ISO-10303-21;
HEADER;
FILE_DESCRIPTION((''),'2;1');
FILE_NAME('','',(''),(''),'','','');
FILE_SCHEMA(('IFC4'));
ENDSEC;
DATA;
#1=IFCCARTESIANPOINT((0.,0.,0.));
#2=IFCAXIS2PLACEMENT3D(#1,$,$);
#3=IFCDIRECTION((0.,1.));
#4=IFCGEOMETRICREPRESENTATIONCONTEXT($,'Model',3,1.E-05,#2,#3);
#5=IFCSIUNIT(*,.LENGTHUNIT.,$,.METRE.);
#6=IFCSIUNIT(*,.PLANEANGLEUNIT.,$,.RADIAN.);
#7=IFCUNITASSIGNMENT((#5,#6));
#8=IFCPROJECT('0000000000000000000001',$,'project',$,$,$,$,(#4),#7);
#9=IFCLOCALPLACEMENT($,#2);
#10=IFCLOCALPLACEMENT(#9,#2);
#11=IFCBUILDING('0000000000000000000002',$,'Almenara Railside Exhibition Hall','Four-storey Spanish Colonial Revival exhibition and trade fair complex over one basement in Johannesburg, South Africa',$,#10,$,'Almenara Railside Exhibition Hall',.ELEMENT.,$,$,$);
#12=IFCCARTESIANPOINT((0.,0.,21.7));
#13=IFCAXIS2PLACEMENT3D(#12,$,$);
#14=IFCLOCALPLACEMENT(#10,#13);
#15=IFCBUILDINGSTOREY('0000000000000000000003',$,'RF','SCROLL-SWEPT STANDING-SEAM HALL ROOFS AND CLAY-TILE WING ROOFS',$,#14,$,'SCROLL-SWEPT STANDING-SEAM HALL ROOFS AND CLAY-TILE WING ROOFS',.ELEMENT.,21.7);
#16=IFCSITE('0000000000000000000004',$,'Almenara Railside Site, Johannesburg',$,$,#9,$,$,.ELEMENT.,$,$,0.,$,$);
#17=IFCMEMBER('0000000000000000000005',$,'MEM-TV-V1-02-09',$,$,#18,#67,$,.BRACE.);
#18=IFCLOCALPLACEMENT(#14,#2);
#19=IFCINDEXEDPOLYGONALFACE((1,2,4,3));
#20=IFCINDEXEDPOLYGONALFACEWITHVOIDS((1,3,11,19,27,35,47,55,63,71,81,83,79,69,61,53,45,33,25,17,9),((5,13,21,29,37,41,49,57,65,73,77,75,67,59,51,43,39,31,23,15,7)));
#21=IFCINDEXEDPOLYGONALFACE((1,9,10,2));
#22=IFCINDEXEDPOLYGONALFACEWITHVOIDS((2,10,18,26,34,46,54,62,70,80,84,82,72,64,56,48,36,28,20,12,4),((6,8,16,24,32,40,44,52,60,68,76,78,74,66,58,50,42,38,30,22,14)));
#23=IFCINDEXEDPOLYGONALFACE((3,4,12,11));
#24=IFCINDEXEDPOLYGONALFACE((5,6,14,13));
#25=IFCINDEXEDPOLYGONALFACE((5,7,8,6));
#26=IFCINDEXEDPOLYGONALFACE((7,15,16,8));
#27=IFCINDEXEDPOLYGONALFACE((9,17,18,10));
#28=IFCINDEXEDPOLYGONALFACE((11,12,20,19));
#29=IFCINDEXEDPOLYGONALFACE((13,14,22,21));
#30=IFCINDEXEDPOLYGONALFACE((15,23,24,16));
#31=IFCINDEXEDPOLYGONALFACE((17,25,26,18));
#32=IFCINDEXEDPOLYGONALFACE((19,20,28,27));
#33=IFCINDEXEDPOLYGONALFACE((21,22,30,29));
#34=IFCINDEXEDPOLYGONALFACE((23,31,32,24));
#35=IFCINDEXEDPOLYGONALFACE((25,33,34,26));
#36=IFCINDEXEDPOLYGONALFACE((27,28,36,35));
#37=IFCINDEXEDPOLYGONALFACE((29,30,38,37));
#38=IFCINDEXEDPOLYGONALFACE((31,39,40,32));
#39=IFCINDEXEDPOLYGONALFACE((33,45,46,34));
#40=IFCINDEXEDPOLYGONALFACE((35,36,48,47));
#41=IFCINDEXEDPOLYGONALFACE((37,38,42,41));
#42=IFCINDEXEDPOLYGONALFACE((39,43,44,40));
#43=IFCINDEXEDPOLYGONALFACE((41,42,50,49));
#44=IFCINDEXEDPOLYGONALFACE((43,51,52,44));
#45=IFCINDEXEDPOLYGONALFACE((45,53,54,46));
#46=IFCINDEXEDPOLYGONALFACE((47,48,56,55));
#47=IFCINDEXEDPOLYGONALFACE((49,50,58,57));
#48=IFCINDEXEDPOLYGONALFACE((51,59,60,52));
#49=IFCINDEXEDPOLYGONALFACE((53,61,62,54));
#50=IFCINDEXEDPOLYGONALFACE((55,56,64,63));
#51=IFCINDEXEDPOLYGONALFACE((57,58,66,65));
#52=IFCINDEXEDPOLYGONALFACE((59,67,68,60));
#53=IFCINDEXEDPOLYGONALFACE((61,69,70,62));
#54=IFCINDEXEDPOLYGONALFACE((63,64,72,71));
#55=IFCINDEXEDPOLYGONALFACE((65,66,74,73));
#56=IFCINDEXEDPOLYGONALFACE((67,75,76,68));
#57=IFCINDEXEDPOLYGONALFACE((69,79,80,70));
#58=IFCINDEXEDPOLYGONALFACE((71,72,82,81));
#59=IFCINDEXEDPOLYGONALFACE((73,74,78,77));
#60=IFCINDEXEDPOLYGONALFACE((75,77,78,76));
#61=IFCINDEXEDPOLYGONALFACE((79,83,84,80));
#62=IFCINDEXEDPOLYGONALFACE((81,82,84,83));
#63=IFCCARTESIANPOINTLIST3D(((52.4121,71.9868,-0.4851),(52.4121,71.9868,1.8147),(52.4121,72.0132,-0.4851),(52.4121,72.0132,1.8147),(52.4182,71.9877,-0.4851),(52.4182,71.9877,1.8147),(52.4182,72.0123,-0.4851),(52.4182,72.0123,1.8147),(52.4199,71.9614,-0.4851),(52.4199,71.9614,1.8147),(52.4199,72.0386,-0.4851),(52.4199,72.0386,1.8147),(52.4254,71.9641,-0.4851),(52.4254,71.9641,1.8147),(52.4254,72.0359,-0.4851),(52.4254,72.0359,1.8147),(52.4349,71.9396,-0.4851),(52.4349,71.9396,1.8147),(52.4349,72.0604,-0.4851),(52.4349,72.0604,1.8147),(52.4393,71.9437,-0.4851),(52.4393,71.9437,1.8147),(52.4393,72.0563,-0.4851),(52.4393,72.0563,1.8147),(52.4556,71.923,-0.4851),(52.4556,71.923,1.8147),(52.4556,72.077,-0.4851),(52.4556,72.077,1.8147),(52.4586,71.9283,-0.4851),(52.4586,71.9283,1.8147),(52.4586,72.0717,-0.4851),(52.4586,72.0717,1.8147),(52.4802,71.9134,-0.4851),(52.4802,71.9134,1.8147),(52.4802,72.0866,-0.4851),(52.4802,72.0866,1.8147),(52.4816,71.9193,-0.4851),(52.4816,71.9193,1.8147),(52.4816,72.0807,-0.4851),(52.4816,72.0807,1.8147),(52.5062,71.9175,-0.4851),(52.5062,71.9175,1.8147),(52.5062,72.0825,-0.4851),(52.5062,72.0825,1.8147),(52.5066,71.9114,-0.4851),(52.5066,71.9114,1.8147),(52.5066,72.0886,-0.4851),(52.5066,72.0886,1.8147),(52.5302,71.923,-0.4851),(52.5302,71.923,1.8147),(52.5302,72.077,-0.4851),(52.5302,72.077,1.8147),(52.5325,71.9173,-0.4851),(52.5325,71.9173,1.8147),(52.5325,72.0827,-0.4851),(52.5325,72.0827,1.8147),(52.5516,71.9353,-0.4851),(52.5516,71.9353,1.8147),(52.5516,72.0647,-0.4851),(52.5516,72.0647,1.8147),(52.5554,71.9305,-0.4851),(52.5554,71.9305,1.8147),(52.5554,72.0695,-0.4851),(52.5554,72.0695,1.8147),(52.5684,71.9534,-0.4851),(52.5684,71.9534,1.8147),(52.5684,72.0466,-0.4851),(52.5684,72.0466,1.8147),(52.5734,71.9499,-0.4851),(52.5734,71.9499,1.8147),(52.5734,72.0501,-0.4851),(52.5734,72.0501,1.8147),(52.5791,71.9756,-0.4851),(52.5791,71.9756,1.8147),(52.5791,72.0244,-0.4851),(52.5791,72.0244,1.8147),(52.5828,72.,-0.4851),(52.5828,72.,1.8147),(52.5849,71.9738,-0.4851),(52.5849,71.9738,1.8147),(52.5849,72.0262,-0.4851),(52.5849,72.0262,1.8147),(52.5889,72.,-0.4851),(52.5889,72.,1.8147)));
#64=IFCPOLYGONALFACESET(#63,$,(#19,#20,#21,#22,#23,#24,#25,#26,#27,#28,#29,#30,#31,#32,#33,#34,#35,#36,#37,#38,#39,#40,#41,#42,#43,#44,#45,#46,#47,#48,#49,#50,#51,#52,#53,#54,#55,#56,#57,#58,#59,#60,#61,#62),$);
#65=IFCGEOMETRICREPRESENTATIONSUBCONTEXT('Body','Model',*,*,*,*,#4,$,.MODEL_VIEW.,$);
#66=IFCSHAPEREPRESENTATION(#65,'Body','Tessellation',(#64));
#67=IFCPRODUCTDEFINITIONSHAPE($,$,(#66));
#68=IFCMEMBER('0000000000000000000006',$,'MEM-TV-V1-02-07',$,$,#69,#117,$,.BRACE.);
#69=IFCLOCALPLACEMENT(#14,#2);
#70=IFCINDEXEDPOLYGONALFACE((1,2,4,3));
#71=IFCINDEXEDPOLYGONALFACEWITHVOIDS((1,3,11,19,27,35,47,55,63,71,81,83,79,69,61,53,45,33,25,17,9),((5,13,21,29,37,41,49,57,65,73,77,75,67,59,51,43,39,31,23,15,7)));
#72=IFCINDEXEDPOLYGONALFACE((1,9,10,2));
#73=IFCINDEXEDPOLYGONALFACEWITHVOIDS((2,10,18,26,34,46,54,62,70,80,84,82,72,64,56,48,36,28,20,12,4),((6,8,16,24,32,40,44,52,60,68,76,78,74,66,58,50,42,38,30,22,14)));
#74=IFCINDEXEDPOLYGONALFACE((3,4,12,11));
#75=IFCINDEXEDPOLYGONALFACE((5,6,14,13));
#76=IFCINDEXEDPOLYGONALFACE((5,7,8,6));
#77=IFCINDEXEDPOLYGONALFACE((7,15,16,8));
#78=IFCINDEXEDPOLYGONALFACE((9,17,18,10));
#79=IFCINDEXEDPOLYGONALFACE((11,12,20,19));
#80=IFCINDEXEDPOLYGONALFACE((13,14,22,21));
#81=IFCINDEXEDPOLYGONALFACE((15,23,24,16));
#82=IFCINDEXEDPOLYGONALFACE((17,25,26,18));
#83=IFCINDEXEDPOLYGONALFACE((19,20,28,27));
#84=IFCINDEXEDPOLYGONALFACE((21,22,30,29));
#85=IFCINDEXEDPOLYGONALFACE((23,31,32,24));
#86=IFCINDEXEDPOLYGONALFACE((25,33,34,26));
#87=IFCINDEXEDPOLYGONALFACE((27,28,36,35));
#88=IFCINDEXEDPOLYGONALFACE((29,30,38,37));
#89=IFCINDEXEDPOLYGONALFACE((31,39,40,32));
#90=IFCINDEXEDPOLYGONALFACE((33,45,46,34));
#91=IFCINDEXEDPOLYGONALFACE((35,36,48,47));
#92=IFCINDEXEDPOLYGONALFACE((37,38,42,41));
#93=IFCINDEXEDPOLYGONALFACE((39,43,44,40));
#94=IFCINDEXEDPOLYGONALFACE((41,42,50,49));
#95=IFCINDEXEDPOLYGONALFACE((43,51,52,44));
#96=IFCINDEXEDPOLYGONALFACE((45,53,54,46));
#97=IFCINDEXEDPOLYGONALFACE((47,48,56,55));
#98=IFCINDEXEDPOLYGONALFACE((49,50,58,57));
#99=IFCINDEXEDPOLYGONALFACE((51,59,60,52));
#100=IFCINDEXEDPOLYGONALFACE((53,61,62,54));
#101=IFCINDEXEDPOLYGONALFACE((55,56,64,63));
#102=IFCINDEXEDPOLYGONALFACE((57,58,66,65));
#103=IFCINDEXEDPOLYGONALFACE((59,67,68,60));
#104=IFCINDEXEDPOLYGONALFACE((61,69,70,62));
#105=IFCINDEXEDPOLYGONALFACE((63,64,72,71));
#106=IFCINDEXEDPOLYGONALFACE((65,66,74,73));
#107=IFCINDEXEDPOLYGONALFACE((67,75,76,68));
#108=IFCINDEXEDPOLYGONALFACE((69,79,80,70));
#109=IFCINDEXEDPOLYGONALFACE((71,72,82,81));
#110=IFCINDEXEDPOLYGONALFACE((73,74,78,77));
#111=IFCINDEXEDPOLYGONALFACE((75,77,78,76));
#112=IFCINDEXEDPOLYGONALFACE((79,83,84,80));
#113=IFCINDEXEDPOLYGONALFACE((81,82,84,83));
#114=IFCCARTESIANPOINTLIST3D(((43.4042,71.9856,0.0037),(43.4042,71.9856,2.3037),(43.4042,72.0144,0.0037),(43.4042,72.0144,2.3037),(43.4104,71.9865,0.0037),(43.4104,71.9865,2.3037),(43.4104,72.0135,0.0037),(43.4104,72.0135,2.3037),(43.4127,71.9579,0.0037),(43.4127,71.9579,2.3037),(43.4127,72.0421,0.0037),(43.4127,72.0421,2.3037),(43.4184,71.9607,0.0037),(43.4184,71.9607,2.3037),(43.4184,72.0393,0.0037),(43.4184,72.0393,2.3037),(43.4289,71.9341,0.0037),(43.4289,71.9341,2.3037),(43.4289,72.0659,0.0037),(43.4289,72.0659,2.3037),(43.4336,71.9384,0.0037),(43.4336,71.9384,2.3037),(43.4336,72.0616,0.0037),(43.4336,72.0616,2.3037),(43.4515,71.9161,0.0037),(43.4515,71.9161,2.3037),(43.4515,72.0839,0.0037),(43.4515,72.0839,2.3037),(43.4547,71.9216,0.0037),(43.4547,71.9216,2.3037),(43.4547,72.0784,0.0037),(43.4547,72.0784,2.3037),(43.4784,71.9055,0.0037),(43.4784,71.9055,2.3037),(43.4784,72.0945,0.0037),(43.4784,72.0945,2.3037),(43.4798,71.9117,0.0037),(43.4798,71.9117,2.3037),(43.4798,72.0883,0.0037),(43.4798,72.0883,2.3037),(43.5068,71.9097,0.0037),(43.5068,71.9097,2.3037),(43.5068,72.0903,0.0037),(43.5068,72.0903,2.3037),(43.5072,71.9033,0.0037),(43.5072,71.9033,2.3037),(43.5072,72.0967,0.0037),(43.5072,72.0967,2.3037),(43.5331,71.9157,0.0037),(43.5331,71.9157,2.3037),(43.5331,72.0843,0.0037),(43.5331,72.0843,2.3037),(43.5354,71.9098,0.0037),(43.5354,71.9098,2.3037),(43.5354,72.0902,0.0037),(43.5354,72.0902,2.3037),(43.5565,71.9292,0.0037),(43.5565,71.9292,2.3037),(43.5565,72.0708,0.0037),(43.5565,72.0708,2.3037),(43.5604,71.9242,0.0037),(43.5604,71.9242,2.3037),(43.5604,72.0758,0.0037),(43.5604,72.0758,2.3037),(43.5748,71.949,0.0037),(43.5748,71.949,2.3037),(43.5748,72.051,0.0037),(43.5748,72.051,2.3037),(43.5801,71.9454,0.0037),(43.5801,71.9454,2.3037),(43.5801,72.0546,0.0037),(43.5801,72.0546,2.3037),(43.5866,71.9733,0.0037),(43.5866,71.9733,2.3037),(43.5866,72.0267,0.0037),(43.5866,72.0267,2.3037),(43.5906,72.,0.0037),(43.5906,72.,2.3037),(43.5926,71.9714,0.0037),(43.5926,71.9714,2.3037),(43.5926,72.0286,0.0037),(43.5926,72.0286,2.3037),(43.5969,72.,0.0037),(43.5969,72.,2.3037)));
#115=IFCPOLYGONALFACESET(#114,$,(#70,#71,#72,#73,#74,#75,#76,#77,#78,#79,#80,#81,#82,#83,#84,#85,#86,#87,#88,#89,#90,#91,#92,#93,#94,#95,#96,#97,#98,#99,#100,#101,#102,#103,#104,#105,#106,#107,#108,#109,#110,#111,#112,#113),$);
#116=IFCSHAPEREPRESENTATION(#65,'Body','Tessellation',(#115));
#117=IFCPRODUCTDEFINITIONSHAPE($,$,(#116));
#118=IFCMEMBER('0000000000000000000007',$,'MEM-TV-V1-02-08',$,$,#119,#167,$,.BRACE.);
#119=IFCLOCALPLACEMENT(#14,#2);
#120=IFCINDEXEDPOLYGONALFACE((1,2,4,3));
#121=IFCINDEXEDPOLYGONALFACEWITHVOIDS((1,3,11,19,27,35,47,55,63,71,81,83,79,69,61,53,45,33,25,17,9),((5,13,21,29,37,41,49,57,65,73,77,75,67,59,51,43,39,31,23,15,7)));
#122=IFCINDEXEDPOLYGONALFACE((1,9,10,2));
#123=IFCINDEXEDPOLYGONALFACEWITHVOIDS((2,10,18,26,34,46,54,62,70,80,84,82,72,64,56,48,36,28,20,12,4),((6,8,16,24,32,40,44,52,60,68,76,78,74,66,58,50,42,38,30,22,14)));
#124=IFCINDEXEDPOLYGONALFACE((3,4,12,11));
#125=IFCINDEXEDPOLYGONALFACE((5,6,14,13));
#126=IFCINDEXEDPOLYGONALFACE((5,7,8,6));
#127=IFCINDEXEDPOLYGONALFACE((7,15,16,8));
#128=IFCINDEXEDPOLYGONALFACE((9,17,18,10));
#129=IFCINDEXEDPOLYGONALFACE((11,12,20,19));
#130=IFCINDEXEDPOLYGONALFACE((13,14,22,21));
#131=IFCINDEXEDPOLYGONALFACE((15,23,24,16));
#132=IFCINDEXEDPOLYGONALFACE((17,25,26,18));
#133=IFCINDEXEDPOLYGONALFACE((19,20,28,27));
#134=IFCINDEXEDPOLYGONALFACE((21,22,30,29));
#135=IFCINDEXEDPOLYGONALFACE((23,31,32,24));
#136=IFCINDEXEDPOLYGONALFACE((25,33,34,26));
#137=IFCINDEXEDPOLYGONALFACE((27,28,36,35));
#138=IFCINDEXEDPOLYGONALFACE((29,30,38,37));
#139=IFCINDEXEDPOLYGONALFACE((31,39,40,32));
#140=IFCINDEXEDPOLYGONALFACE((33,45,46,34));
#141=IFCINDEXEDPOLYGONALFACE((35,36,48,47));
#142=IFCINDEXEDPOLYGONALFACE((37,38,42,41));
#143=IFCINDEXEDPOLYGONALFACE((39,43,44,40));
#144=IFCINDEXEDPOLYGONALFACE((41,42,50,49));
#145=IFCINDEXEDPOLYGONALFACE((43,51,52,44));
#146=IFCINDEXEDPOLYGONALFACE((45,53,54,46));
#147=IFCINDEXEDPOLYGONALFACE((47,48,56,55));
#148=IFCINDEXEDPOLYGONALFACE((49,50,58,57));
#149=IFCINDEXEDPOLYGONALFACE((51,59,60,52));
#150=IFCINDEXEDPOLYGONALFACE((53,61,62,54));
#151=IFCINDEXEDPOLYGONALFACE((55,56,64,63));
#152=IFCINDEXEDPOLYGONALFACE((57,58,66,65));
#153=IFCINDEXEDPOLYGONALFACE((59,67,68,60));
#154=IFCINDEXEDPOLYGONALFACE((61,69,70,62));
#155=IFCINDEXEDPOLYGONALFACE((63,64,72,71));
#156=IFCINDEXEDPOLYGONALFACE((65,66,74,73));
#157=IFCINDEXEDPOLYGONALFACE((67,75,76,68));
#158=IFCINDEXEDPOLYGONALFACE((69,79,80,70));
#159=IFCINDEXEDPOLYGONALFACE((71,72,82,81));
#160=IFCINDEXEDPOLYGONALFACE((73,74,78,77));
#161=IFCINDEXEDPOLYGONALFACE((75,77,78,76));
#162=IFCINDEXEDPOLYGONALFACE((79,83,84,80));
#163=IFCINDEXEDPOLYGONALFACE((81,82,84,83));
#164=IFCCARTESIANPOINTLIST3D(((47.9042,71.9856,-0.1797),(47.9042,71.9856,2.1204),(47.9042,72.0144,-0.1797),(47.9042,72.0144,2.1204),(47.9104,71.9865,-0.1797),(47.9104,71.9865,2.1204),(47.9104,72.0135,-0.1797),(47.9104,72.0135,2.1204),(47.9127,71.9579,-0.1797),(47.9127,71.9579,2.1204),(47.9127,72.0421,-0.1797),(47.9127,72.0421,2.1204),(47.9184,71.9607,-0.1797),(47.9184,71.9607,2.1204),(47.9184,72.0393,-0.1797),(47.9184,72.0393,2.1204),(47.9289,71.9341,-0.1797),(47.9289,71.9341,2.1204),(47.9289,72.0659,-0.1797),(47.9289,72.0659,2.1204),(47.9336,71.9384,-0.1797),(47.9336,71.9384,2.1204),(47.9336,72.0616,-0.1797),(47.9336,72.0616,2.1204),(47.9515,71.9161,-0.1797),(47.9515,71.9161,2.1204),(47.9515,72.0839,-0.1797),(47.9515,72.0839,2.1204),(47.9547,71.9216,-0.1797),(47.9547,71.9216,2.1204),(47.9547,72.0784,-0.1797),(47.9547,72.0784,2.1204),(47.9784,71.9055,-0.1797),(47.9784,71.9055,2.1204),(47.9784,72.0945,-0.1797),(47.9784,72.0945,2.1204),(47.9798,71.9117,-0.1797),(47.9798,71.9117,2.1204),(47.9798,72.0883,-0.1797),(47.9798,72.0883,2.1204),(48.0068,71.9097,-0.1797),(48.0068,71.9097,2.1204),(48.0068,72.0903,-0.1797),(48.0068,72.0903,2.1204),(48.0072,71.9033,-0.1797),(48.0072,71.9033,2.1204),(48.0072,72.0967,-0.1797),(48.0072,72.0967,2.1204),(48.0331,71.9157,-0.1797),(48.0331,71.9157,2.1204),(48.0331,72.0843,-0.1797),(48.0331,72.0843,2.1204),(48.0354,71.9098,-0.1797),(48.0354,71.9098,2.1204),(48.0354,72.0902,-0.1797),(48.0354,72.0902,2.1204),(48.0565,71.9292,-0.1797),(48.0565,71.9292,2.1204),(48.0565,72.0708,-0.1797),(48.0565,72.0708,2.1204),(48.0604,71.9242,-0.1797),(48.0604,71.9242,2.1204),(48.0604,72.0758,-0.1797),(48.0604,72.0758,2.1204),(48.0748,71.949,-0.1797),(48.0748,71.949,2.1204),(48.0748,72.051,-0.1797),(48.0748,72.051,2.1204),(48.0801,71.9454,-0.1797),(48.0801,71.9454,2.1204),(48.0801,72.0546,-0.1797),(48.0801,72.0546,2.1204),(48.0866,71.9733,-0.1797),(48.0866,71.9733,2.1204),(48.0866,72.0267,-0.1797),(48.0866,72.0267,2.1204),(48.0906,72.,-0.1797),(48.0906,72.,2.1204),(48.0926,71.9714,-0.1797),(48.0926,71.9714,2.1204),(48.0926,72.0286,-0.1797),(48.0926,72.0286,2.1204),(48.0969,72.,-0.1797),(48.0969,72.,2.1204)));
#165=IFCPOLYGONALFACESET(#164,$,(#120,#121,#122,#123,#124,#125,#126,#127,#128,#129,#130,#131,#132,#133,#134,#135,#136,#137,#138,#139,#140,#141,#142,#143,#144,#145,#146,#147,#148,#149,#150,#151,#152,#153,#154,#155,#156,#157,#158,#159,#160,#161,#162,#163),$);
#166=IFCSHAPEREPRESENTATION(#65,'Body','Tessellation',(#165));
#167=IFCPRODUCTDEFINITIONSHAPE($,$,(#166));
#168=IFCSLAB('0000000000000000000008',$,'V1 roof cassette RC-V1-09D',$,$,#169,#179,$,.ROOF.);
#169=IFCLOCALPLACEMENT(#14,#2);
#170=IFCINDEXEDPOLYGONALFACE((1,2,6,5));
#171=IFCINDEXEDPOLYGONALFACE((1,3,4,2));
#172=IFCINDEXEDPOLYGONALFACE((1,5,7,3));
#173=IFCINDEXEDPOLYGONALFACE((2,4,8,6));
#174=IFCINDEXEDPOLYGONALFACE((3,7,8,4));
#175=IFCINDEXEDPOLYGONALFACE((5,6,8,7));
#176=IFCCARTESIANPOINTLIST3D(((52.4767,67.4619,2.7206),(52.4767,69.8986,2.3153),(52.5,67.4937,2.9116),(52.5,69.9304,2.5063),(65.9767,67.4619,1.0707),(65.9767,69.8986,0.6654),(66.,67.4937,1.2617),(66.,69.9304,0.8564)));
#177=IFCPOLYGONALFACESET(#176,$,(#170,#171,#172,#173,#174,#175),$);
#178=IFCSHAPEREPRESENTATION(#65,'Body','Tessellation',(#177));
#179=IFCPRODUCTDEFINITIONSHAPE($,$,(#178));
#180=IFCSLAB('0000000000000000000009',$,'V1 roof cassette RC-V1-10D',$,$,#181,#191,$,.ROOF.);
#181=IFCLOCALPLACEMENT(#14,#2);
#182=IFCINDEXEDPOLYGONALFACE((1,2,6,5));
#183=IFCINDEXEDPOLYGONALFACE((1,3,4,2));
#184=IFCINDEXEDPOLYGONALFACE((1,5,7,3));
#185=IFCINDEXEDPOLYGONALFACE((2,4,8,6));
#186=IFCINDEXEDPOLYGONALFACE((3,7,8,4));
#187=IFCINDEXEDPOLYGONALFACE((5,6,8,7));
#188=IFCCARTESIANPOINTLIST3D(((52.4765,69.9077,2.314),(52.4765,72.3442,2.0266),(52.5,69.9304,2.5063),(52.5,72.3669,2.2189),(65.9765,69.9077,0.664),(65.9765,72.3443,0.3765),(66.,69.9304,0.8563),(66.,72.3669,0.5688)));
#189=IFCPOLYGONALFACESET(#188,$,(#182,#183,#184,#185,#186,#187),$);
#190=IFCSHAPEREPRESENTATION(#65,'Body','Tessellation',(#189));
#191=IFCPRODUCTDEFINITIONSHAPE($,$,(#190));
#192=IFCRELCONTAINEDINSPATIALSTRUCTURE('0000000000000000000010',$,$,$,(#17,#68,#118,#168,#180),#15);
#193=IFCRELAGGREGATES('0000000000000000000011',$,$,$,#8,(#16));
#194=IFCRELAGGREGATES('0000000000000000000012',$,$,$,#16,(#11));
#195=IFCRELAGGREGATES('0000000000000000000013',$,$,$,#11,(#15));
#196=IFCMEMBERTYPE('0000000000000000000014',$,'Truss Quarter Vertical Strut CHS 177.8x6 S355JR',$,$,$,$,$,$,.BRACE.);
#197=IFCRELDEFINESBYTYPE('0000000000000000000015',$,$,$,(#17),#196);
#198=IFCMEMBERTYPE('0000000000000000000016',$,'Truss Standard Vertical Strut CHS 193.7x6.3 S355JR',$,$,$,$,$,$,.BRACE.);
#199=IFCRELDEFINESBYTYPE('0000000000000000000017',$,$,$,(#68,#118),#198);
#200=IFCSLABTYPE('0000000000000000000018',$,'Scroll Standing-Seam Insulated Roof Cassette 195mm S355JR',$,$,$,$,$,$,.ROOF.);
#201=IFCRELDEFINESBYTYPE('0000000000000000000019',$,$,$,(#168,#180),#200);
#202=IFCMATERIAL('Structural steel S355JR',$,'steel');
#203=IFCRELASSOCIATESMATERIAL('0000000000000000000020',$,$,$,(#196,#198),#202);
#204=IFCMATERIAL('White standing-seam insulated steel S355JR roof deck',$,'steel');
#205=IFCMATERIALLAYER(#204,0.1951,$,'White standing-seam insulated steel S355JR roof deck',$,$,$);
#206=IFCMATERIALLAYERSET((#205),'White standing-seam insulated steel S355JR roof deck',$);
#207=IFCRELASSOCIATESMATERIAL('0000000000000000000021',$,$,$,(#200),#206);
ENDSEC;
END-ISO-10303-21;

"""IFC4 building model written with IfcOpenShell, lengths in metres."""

from ifc_helpers import new_model, si_unit, direction, frame, origin, origin_2d, place, context, subcontext, project, spatial, polyline, hollow_circle, outline, extrude, material, layer, layer_set, material_profile, profile_set, type_object, element, save


model = new_model("IFC4")

# Units and contexts
model_context = context("Model", 3, precision=1e-05, world=origin(), true_north=direction((0.0, 1.0)))
body_context = subcontext(model_context, "Body", "Model", "MODEL_VIEW")
ifc_project = project(units=[si_unit("LENGTHUNIT", "METRE"), si_unit("PLANEANGLEUNIT", "RADIAN")], contexts=[model_context])

# Site, building, storey
site_placement = place(None, origin())
site = spatial("IfcSite", under=ifc_project, at=site_placement, Name="Almenara Railside Site, Johannesburg", CompositionType="ELEMENT", RefElevation=0.0)
building_placement = place(site_placement, origin())
building = spatial("IfcBuilding", under=site, at=building_placement, Name="Almenara Railside Exhibition Hall", Description="Four-storey Spanish Colonial Revival exhibition and trade fair complex over one basement in Johannesburg, South Africa", LongName="Almenara Railside Exhibition Hall", CompositionType="ELEMENT")
storey_placement = place(building_placement, frame((0.0, 0.0, 21.7)))
storey = spatial("IfcBuildingStorey", under=building, at=storey_placement, Name="RF", Description="SCROLL-SWEPT STANDING-SEAM HALL ROOFS AND CLAY-TILE WING ROOFS", LongName="SCROLL-SWEPT STANDING-SEAM HALL ROOFS AND CLAY-TILE WING ROOFS", CompositionType="ELEMENT", Elevation=21.7)

# Members
ifc_material_1 = material(Name="Structural steel S355JR", Category="steel")
ifc_material_profile_1 = material_profile(ifc_material_1, hollow_circle(Radius=0.0889, WallThickness=0.0061, at=origin_2d()), Name="CHS 177.8x6")
ifc_profile_set_1 = profile_set([ifc_material_profile_1], Name="Structural steel S355JR")
member_type_1 = type_object("IfcMemberType", Name="Truss Quarter Vertical Strut CHS 177.8x6 S355JR", PredefinedType="BRACE", material=ifc_profile_set_1)
member_1_placement = place(storey_placement, frame((52.5, 72.0, -0.4851), z_axis=(0.0, 0.0, 1.0), x_axis=(1.0, 0.0, 0.0)))
element("IfcMember", 1, at=member_1_placement, inside=storey, type_object=member_type_1, Name="MEM-TV-V1-02-09", PredefinedType="BRACE", context=body_context, shape_type="SweptSolid", body=[
    extrude(hollow_circle(Radius=0.0889, WallThickness=0.0061, at=origin_2d()), origin(), (0.0, 0.0, 1.0), 2.2998),
])
ifc_material_profile_2 = material_profile(ifc_material_1, hollow_circle(Radius=0.0969, WallThickness=0.0063, at=origin_2d()), Name="CHS 193.7x6.3")
ifc_profile_set_2 = profile_set([ifc_material_profile_2], Name="Structural steel S355JR")
member_type_2 = type_object("IfcMemberType", Name="Truss Standard Vertical Strut CHS 193.7x6.3 S355JR", PredefinedType="BRACE", material=ifc_profile_set_2)
for number, where, z_axis, x_axis, name in (
    (2, (43.5, 72.0, 0.0037), (0.0, 0.0, 1.0), (1.0, 0.0, 0.0), "MEM-TV-V1-02-07"),
    (3, (48.0, 72.0, -0.1797), (0.0, 0.0, 1.0), (1.0, 0.0, 0.0), "MEM-TV-V1-02-08"),
):
    element("IfcMember", number, at=place(storey_placement, frame(where, z_axis=z_axis, x_axis=x_axis)), inside=storey, type_object=member_type_2, Name=name, PredefinedType="BRACE", context=body_context, shape_type="SweptSolid", body=[
        extrude(hollow_circle(Radius=0.0969, WallThickness=0.0063, at=origin_2d()), origin(), (0.0, 0.0, 1.0), 2.3),
    ])

# Slabs
ifc_material_2 = material(Name="White standing-seam insulated steel S355JR roof deck", Category="steel")
ifc_layer_1 = layer(ifc_material_2, 0.1951, Name="White standing-seam insulated steel S355JR roof deck")
ifc_layer_set_1 = layer_set([ifc_layer_1], Name="White standing-seam insulated steel S355JR roof deck")
slab_type = type_object("IfcSlabType", Name="Scroll Standing-Seam Insulated Roof Cassette 195mm S355JR", PredefinedType="ROOF", material=ifc_layer_set_1)
slab_1_placement = place(storey_placement, frame((52.5, 67.4937, 2.9116), z_axis=(0.119692, 0.162883, 0.979358), x_axis=(0.992614, 0.0, -0.121312)))
element("IfcSlab", 4, at=slab_1_placement, inside=storey, type_object=slab_type, Name="V1 roof cassette RC-V1-09D", PredefinedType="ROOF", context=body_context, shape_type="SweptSolid", body=[
    extrude(outline(polyline([(0.0, 0.0), (13.6004, 0.0), (13.6496, 2.4698), (0.0492, 2.4698), (0.0, 0.0)])), origin(), (0.0, 0.0, -1.0), 0.1951),
])
slab_2_placement = place(storey_placement, frame((52.5, 69.9304, 2.5063), z_axis=(0.120498, 0.116319, 0.985875), x_axis=(0.992613, -0.000001, -0.121321)))
element("IfcSlab", 5, at=slab_2_placement, inside=storey, type_object=slab_type, Name="V1 roof cassette RC-V1-10D", PredefinedType="ROOF", context=body_context, shape_type="SweptSolid", body=[
    extrude(outline(polyline([(0.0, 0.0), (13.6004, 0.0), (13.6353, 2.4532), (0.0349, 2.4532), (0.0, 0.0)])), origin(), (0.0, 0.0, -1.0), 0.1951),
])

save(model, "model.ifc")
